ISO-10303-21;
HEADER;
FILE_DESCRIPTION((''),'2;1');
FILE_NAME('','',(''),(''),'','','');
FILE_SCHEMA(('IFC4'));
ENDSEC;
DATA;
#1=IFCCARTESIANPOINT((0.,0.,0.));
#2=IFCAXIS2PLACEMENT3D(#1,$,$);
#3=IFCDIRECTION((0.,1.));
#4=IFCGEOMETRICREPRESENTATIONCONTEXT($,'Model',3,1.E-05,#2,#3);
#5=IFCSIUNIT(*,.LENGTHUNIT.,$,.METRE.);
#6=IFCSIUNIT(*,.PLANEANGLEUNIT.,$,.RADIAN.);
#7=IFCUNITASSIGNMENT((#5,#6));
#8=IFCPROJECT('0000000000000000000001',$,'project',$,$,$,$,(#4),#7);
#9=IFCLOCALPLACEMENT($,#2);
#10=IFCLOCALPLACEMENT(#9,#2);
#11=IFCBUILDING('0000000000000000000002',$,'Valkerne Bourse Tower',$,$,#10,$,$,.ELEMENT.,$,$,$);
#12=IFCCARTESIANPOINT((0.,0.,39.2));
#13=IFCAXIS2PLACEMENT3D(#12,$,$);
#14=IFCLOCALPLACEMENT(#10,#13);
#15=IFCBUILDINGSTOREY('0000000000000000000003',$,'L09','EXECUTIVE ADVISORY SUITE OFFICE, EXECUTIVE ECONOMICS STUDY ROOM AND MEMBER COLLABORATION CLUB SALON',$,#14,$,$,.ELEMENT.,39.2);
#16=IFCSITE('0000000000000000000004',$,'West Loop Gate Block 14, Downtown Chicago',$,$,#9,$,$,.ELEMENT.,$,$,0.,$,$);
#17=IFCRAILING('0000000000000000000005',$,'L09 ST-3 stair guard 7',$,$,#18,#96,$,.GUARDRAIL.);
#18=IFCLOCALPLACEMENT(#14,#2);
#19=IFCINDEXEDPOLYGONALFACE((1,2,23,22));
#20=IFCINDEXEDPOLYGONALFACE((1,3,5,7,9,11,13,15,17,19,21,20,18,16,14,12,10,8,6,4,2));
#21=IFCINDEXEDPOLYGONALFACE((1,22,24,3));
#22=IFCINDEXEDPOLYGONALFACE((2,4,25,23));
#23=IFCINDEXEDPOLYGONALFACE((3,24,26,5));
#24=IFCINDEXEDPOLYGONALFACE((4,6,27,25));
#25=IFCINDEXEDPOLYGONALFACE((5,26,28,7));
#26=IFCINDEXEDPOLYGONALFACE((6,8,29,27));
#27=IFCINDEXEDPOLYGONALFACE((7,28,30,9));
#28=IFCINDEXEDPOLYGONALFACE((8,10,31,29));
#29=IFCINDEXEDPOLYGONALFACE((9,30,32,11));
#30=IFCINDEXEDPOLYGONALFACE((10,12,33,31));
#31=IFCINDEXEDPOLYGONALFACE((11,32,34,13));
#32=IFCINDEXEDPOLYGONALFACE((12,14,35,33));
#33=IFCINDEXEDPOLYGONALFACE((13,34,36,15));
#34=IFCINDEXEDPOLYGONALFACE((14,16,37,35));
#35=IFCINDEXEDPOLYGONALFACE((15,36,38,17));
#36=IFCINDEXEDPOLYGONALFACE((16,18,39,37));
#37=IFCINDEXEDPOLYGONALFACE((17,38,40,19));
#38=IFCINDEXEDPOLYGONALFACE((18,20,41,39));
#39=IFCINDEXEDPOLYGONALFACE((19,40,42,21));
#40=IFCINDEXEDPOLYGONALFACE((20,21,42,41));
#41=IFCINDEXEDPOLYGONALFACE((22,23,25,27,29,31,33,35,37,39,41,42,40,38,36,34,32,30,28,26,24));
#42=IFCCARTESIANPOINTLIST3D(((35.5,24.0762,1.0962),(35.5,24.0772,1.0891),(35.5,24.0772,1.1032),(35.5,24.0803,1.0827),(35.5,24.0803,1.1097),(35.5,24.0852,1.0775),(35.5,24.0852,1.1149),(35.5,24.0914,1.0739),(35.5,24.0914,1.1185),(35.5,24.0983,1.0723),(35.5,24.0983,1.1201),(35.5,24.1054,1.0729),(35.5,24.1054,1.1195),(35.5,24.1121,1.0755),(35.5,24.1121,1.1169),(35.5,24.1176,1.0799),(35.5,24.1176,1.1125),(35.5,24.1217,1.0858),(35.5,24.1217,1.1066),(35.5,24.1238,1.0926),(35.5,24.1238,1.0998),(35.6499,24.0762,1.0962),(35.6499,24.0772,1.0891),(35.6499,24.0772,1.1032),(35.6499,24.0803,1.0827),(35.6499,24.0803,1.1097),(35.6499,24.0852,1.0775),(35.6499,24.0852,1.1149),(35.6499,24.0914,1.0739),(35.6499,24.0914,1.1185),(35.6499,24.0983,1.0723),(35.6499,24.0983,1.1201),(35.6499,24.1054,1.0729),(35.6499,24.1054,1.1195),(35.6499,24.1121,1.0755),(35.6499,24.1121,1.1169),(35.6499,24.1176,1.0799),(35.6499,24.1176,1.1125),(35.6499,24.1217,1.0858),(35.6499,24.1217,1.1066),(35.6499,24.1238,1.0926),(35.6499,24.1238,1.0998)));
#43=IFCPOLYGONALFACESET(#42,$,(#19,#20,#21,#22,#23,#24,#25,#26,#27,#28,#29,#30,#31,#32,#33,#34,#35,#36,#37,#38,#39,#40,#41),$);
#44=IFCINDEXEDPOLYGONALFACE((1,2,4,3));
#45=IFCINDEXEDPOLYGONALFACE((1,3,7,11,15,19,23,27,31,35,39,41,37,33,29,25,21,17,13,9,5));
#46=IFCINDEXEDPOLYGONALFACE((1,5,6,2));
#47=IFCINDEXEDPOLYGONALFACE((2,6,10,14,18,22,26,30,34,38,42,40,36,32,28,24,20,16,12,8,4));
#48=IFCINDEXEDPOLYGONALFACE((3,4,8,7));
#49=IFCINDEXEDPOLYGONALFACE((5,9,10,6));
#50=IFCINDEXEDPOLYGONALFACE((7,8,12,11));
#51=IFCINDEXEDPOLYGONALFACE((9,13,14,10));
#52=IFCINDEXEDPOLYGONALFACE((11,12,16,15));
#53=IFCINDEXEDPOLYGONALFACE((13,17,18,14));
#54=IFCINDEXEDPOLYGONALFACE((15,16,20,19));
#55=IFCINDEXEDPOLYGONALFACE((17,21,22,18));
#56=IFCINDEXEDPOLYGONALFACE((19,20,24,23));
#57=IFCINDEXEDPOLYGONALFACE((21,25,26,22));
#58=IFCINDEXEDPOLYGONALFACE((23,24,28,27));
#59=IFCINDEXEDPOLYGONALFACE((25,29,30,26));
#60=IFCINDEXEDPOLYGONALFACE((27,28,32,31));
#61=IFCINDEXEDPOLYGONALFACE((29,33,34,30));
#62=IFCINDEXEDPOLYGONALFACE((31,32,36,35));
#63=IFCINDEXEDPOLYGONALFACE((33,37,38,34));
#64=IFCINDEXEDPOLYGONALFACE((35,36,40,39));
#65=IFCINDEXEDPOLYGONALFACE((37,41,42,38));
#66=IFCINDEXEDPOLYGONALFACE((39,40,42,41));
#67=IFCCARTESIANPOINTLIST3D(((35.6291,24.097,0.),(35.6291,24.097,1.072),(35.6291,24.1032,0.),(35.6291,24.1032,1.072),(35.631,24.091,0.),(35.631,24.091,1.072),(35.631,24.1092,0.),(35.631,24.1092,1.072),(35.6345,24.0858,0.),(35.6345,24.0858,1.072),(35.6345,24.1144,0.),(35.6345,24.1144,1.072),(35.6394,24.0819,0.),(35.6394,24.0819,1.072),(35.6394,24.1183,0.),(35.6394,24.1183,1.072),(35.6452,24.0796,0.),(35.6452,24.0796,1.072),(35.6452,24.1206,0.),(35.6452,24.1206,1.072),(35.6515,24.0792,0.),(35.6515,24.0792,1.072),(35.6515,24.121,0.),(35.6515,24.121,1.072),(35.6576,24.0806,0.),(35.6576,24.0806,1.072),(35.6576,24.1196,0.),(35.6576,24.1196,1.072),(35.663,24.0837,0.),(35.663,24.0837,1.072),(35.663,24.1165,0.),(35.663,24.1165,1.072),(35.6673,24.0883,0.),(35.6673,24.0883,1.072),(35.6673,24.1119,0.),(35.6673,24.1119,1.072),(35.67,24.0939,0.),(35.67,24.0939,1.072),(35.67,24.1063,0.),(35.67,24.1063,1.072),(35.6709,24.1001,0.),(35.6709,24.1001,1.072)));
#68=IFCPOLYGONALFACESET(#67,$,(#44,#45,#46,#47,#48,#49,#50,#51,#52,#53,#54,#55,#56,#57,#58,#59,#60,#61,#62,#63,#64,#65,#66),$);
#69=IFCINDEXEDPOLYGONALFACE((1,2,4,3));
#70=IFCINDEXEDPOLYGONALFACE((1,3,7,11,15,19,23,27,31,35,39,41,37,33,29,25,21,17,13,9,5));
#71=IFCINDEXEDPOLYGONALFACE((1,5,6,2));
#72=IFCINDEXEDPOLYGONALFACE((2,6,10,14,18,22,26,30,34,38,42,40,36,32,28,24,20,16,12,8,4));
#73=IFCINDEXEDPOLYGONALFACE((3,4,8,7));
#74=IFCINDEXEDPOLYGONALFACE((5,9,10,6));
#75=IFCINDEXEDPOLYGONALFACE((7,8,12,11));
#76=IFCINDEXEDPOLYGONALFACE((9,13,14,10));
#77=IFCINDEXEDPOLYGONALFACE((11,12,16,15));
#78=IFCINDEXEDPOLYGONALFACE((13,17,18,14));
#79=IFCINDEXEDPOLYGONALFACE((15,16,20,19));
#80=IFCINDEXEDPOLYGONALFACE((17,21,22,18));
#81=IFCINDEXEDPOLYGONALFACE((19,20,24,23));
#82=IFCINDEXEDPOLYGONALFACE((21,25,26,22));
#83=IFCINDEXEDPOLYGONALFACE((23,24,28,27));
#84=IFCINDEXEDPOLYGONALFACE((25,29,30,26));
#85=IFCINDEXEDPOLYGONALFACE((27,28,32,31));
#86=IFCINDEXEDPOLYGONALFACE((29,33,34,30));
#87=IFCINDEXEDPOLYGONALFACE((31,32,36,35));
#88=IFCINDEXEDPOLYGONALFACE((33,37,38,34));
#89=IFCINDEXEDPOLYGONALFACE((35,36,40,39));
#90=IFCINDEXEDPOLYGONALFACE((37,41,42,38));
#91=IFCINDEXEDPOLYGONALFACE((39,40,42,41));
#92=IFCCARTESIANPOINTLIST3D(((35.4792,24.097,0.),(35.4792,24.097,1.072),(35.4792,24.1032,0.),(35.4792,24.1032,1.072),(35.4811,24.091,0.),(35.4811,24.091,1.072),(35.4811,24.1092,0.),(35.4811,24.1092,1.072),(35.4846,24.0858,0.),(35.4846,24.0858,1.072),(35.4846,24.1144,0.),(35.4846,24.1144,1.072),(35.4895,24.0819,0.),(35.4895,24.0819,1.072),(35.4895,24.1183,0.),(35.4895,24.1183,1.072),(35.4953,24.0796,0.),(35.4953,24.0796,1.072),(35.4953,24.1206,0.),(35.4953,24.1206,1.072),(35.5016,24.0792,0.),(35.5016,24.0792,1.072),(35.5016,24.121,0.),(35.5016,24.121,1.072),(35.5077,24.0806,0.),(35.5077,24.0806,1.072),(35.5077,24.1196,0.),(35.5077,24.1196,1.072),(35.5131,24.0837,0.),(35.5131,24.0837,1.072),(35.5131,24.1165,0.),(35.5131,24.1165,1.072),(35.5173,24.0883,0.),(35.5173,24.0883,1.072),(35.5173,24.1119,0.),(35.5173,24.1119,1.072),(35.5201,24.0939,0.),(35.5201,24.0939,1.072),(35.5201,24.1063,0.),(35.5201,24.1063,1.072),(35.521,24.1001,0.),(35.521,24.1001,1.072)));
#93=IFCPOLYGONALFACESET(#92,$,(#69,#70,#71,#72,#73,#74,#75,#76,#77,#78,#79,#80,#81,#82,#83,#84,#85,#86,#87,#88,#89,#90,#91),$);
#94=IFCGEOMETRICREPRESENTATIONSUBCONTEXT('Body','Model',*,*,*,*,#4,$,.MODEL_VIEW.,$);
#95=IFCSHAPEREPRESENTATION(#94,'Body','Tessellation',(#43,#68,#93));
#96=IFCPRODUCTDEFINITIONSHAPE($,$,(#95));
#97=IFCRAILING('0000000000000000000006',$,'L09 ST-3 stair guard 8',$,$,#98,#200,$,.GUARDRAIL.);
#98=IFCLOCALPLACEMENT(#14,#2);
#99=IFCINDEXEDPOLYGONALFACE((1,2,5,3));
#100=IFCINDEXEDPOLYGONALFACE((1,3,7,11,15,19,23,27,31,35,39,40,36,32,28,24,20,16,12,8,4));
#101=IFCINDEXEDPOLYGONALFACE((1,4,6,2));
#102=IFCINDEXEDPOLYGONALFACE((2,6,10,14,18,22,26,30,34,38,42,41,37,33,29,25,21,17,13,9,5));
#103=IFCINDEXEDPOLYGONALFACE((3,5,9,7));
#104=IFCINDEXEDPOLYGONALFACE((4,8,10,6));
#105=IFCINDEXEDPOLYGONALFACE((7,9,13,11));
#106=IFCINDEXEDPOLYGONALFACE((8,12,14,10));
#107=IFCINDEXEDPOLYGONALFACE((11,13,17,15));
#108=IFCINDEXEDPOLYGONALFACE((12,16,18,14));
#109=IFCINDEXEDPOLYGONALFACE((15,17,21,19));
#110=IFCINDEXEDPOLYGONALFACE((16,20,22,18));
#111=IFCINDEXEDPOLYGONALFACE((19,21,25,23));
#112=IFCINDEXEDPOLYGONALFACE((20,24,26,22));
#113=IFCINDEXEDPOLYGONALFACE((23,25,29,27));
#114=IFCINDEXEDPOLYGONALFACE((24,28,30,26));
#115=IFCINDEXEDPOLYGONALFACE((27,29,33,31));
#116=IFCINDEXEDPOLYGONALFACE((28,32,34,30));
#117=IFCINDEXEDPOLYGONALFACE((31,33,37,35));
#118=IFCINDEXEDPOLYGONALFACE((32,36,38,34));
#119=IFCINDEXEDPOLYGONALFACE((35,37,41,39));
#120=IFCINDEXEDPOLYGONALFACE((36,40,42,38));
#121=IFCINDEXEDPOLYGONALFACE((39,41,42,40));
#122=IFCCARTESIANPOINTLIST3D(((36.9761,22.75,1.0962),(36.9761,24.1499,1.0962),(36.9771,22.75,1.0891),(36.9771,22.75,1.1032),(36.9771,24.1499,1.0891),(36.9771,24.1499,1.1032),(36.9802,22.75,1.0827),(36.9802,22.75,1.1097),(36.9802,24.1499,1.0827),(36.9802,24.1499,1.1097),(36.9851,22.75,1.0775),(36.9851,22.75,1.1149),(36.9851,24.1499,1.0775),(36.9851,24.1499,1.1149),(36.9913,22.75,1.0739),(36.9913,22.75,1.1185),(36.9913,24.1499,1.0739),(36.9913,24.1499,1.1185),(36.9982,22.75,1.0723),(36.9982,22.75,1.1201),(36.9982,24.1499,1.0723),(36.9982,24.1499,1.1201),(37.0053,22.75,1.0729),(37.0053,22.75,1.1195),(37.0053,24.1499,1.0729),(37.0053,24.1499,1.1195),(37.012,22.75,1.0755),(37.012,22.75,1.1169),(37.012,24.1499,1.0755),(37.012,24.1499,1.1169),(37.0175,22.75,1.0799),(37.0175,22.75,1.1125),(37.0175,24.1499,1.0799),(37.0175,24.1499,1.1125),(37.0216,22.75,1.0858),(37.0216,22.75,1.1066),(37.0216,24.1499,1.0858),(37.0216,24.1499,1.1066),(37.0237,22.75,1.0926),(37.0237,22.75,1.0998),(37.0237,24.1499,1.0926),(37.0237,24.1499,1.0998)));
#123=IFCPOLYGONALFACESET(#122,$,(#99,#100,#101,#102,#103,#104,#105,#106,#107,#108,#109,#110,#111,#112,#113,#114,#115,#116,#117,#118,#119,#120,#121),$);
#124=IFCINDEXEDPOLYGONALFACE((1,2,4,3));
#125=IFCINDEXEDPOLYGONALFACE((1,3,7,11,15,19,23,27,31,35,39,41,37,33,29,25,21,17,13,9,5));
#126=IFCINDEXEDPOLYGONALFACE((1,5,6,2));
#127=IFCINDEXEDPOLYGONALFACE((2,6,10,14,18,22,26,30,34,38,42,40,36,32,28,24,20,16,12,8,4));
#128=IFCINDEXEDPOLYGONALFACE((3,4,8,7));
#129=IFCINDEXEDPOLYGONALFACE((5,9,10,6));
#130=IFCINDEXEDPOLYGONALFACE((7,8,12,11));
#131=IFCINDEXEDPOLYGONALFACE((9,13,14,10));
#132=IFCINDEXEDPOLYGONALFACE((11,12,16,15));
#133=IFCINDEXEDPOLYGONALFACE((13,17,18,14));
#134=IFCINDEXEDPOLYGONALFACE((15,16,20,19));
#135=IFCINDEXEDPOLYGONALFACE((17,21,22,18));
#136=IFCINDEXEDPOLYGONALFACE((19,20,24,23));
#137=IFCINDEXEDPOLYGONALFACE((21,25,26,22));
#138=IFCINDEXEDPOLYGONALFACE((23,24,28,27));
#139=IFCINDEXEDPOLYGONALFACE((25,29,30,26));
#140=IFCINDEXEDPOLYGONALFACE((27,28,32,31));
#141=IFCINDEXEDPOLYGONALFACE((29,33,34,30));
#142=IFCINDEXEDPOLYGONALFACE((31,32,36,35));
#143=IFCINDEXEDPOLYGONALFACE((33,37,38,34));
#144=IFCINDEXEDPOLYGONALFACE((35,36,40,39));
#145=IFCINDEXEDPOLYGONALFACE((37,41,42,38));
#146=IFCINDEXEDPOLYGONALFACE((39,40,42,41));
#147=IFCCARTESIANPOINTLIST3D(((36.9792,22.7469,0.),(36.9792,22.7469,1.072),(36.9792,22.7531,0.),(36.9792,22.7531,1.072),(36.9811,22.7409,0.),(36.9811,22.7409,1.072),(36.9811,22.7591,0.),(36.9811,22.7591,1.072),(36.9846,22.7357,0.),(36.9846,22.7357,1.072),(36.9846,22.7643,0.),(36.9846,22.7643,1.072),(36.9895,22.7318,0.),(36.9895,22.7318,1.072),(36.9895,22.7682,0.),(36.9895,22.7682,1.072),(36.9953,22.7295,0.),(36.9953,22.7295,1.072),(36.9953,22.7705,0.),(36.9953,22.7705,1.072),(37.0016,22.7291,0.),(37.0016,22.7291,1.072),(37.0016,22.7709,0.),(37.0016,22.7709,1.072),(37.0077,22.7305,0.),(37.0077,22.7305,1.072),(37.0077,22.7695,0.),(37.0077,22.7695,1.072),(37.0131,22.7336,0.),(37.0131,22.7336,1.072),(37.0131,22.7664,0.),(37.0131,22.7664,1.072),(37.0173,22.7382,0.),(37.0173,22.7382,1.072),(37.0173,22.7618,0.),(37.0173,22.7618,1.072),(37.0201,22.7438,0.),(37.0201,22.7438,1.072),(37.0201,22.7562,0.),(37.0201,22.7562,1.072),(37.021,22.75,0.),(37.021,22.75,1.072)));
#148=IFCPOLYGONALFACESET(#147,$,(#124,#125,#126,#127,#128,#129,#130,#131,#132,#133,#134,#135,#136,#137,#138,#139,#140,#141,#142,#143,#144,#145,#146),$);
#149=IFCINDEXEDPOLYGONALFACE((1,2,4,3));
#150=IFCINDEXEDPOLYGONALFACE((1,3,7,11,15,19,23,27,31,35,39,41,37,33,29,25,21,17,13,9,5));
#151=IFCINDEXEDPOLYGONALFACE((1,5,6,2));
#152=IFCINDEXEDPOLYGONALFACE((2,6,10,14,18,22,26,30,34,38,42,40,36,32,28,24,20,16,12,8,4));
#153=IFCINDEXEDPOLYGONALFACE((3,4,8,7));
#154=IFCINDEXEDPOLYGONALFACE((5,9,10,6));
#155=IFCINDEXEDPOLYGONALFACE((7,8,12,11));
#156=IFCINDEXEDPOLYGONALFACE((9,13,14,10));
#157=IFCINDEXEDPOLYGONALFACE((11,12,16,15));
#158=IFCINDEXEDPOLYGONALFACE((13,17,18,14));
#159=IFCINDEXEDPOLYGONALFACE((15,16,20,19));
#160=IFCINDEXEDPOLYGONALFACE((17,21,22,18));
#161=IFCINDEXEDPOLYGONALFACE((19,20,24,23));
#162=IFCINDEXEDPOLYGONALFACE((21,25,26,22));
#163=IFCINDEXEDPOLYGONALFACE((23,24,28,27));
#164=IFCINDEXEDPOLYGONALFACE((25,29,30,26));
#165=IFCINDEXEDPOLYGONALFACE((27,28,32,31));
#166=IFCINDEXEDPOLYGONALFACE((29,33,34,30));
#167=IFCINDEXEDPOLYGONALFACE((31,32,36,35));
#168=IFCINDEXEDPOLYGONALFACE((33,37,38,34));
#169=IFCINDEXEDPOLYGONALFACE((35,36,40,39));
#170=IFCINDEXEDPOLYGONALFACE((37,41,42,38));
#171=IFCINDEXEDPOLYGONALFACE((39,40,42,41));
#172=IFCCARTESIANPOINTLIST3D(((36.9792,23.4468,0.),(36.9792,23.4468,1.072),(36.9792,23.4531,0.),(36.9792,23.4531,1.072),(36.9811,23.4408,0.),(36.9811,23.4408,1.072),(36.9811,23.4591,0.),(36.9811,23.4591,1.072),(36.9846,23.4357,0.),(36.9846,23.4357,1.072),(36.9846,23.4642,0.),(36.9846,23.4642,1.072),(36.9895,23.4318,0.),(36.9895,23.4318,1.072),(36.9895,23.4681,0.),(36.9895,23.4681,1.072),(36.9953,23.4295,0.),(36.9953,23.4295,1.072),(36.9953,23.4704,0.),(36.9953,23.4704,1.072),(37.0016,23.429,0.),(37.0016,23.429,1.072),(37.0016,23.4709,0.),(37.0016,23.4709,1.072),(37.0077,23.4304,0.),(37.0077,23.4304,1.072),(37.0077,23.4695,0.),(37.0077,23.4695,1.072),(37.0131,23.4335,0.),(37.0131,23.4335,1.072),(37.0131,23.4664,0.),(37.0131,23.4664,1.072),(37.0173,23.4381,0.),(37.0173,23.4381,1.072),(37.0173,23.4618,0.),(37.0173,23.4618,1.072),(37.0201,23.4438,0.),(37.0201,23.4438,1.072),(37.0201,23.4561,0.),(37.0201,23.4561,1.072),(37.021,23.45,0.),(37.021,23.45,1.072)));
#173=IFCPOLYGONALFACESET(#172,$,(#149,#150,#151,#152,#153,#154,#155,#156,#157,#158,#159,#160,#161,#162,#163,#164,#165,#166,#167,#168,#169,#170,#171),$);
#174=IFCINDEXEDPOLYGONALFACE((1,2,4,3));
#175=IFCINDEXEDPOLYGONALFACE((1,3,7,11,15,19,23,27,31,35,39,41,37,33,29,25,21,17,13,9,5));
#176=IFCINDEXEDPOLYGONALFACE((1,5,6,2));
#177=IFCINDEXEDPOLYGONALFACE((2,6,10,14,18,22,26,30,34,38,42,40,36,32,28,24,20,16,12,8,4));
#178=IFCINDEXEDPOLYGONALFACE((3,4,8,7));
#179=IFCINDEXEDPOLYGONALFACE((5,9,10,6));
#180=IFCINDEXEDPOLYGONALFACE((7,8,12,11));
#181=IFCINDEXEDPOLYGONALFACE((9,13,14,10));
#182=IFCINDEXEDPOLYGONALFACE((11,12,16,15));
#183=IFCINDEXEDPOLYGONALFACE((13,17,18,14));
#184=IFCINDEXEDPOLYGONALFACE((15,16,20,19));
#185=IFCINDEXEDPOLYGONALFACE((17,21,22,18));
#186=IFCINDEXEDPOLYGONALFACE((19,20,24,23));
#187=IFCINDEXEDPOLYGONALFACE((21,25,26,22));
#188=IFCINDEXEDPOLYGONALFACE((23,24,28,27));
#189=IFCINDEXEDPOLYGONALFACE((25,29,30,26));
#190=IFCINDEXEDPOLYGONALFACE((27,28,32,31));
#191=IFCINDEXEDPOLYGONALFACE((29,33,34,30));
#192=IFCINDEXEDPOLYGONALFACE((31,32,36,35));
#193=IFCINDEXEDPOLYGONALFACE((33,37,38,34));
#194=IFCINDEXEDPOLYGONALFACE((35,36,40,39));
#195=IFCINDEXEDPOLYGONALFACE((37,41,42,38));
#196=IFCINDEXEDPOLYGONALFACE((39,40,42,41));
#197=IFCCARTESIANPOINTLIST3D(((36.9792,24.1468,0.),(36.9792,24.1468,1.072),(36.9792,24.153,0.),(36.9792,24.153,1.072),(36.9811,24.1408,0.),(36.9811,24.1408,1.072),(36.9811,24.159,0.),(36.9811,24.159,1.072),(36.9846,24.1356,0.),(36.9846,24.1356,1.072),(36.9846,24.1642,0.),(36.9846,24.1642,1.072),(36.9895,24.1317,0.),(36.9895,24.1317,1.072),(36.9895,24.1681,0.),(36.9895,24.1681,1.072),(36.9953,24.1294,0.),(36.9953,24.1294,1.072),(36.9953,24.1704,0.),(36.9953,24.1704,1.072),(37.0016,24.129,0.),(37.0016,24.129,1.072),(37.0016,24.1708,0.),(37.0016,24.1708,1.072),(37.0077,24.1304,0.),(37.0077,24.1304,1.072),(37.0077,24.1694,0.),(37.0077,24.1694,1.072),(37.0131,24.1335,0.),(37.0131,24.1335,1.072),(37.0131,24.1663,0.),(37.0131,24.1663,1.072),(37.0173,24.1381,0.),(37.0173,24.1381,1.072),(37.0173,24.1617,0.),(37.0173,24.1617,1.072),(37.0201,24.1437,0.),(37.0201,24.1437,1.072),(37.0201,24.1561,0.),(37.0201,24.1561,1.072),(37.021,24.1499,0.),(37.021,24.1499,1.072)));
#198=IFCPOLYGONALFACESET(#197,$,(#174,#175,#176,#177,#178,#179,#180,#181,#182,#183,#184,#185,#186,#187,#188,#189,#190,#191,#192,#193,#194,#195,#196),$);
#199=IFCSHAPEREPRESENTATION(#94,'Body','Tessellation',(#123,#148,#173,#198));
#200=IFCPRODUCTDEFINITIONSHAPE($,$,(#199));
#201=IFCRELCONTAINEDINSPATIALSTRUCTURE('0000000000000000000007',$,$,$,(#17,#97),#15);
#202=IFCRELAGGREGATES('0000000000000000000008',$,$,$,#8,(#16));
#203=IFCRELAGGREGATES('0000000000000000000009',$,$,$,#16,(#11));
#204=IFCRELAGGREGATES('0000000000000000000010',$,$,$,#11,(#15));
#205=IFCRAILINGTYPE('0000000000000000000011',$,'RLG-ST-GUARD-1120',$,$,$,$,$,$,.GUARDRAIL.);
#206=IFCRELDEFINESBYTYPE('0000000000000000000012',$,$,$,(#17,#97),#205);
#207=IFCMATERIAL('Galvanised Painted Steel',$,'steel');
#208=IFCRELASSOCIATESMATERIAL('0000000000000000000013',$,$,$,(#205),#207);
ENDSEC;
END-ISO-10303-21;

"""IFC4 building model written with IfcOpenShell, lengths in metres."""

from ifc_helpers import new_model, si_unit, direction, frame, origin, origin_2d, place, context, subcontext, project, spatial, circle, extrude, material, type_object, element, save


model = new_model("IFC4")

# Units and contexts
model_context = context("Model", 3, precision=1e-05, world=origin(), true_north=direction((0.0, 1.0)))
body_context = subcontext(model_context, "Body", "Model", "MODEL_VIEW")
ifc_project = project(units=[si_unit("LENGTHUNIT", "METRE"), si_unit("PLANEANGLEUNIT", "RADIAN")], contexts=[model_context])

# Site, building, storey
site_placement = place(None, origin())
site = spatial("IfcSite", under=ifc_project, at=site_placement, Name="West Loop Gate Block 14, Downtown Chicago", CompositionType="ELEMENT", RefElevation=0.0)
building_placement = place(site_placement, origin())
building = spatial("IfcBuilding", under=site, at=building_placement, Name="Valkerne Bourse Tower", CompositionType="ELEMENT")
storey_placement = place(building_placement, frame((0.0, 0.0, 39.2)))
storey = spatial("IfcBuildingStorey", under=building, at=storey_placement, Name="L09", Description="EXECUTIVE ADVISORY SUITE OFFICE, EXECUTIVE ECONOMICS STUDY ROOM AND MEMBER COLLABORATION CLUB SALON", CompositionType="ELEMENT", Elevation=39.2)

# Shared definitions
ifc_material_1 = material(Name="Galvanised Painted Steel", Category="steel")

# Railings
railing_type_1 = type_object("IfcRailingType", Name="RLG-ST-GUARD-1120", PredefinedType="GUARDRAIL", material=ifc_material_1)
railing_1_placement = place(storey_placement, frame((35.6499, 24.1001, 0.0)))
element("IfcRailing", 1, at=railing_1_placement, inside=storey, type_object=railing_type_1, Name="L09 ST-3 stair guard 7", PredefinedType="GUARDRAIL", context=body_context, shape_type="SweptSolid", body=[
    extrude(circle(Radius=0.0239, at=origin_2d()), frame((0.0, 0.0, 1.0962), z_axis=(-1.0, 0.0, 0.0), x_axis=(0.0, -1.0, 0.0)), (0.0, 0.0, 1.0), 0.1499),
    extrude(circle(Radius=0.021, at=origin_2d()), origin(), (0.0, 0.0, 1.0), 1.072),
    extrude(circle(Radius=0.021, at=origin_2d()), frame((-0.1499, 0.0, 0.0)), (0.0, 0.0, 1.0), 1.072),
])
for number, where, name in (
    (2, (37.0, 22.75, 0.0), "L09 ST-3 stair guard 8"),
):
    element("IfcRailing", number, at=place(storey_placement, frame(where)), inside=storey, type_object=railing_type_1, Name=name, PredefinedType="GUARDRAIL", context=body_context, shape_type="SweptSolid", body=[
        extrude(circle(Radius=0.0239, at=origin_2d()), frame((0.0, 0.0, 1.0962), z_axis=(0.0, 1.0, 0.0), x_axis=(-1.0, 0.0, 0.0)), (0.0, 0.0, 1.0), 1.3999),
        extrude(circle(Radius=0.021, at=origin_2d()), origin(), (0.0, 0.0, 1.0), 1.072),
        extrude(circle(Radius=0.021, at=origin_2d()), frame((0.0, 0.7, 0.0)), (0.0, 0.0, 1.0), 1.072),
        extrude(circle(Radius=0.021, at=origin_2d()), frame((0.0, 1.3999, 0.0)), (0.0, 0.0, 1.0), 1.072),
    ])

save(model, "model.ifc")
